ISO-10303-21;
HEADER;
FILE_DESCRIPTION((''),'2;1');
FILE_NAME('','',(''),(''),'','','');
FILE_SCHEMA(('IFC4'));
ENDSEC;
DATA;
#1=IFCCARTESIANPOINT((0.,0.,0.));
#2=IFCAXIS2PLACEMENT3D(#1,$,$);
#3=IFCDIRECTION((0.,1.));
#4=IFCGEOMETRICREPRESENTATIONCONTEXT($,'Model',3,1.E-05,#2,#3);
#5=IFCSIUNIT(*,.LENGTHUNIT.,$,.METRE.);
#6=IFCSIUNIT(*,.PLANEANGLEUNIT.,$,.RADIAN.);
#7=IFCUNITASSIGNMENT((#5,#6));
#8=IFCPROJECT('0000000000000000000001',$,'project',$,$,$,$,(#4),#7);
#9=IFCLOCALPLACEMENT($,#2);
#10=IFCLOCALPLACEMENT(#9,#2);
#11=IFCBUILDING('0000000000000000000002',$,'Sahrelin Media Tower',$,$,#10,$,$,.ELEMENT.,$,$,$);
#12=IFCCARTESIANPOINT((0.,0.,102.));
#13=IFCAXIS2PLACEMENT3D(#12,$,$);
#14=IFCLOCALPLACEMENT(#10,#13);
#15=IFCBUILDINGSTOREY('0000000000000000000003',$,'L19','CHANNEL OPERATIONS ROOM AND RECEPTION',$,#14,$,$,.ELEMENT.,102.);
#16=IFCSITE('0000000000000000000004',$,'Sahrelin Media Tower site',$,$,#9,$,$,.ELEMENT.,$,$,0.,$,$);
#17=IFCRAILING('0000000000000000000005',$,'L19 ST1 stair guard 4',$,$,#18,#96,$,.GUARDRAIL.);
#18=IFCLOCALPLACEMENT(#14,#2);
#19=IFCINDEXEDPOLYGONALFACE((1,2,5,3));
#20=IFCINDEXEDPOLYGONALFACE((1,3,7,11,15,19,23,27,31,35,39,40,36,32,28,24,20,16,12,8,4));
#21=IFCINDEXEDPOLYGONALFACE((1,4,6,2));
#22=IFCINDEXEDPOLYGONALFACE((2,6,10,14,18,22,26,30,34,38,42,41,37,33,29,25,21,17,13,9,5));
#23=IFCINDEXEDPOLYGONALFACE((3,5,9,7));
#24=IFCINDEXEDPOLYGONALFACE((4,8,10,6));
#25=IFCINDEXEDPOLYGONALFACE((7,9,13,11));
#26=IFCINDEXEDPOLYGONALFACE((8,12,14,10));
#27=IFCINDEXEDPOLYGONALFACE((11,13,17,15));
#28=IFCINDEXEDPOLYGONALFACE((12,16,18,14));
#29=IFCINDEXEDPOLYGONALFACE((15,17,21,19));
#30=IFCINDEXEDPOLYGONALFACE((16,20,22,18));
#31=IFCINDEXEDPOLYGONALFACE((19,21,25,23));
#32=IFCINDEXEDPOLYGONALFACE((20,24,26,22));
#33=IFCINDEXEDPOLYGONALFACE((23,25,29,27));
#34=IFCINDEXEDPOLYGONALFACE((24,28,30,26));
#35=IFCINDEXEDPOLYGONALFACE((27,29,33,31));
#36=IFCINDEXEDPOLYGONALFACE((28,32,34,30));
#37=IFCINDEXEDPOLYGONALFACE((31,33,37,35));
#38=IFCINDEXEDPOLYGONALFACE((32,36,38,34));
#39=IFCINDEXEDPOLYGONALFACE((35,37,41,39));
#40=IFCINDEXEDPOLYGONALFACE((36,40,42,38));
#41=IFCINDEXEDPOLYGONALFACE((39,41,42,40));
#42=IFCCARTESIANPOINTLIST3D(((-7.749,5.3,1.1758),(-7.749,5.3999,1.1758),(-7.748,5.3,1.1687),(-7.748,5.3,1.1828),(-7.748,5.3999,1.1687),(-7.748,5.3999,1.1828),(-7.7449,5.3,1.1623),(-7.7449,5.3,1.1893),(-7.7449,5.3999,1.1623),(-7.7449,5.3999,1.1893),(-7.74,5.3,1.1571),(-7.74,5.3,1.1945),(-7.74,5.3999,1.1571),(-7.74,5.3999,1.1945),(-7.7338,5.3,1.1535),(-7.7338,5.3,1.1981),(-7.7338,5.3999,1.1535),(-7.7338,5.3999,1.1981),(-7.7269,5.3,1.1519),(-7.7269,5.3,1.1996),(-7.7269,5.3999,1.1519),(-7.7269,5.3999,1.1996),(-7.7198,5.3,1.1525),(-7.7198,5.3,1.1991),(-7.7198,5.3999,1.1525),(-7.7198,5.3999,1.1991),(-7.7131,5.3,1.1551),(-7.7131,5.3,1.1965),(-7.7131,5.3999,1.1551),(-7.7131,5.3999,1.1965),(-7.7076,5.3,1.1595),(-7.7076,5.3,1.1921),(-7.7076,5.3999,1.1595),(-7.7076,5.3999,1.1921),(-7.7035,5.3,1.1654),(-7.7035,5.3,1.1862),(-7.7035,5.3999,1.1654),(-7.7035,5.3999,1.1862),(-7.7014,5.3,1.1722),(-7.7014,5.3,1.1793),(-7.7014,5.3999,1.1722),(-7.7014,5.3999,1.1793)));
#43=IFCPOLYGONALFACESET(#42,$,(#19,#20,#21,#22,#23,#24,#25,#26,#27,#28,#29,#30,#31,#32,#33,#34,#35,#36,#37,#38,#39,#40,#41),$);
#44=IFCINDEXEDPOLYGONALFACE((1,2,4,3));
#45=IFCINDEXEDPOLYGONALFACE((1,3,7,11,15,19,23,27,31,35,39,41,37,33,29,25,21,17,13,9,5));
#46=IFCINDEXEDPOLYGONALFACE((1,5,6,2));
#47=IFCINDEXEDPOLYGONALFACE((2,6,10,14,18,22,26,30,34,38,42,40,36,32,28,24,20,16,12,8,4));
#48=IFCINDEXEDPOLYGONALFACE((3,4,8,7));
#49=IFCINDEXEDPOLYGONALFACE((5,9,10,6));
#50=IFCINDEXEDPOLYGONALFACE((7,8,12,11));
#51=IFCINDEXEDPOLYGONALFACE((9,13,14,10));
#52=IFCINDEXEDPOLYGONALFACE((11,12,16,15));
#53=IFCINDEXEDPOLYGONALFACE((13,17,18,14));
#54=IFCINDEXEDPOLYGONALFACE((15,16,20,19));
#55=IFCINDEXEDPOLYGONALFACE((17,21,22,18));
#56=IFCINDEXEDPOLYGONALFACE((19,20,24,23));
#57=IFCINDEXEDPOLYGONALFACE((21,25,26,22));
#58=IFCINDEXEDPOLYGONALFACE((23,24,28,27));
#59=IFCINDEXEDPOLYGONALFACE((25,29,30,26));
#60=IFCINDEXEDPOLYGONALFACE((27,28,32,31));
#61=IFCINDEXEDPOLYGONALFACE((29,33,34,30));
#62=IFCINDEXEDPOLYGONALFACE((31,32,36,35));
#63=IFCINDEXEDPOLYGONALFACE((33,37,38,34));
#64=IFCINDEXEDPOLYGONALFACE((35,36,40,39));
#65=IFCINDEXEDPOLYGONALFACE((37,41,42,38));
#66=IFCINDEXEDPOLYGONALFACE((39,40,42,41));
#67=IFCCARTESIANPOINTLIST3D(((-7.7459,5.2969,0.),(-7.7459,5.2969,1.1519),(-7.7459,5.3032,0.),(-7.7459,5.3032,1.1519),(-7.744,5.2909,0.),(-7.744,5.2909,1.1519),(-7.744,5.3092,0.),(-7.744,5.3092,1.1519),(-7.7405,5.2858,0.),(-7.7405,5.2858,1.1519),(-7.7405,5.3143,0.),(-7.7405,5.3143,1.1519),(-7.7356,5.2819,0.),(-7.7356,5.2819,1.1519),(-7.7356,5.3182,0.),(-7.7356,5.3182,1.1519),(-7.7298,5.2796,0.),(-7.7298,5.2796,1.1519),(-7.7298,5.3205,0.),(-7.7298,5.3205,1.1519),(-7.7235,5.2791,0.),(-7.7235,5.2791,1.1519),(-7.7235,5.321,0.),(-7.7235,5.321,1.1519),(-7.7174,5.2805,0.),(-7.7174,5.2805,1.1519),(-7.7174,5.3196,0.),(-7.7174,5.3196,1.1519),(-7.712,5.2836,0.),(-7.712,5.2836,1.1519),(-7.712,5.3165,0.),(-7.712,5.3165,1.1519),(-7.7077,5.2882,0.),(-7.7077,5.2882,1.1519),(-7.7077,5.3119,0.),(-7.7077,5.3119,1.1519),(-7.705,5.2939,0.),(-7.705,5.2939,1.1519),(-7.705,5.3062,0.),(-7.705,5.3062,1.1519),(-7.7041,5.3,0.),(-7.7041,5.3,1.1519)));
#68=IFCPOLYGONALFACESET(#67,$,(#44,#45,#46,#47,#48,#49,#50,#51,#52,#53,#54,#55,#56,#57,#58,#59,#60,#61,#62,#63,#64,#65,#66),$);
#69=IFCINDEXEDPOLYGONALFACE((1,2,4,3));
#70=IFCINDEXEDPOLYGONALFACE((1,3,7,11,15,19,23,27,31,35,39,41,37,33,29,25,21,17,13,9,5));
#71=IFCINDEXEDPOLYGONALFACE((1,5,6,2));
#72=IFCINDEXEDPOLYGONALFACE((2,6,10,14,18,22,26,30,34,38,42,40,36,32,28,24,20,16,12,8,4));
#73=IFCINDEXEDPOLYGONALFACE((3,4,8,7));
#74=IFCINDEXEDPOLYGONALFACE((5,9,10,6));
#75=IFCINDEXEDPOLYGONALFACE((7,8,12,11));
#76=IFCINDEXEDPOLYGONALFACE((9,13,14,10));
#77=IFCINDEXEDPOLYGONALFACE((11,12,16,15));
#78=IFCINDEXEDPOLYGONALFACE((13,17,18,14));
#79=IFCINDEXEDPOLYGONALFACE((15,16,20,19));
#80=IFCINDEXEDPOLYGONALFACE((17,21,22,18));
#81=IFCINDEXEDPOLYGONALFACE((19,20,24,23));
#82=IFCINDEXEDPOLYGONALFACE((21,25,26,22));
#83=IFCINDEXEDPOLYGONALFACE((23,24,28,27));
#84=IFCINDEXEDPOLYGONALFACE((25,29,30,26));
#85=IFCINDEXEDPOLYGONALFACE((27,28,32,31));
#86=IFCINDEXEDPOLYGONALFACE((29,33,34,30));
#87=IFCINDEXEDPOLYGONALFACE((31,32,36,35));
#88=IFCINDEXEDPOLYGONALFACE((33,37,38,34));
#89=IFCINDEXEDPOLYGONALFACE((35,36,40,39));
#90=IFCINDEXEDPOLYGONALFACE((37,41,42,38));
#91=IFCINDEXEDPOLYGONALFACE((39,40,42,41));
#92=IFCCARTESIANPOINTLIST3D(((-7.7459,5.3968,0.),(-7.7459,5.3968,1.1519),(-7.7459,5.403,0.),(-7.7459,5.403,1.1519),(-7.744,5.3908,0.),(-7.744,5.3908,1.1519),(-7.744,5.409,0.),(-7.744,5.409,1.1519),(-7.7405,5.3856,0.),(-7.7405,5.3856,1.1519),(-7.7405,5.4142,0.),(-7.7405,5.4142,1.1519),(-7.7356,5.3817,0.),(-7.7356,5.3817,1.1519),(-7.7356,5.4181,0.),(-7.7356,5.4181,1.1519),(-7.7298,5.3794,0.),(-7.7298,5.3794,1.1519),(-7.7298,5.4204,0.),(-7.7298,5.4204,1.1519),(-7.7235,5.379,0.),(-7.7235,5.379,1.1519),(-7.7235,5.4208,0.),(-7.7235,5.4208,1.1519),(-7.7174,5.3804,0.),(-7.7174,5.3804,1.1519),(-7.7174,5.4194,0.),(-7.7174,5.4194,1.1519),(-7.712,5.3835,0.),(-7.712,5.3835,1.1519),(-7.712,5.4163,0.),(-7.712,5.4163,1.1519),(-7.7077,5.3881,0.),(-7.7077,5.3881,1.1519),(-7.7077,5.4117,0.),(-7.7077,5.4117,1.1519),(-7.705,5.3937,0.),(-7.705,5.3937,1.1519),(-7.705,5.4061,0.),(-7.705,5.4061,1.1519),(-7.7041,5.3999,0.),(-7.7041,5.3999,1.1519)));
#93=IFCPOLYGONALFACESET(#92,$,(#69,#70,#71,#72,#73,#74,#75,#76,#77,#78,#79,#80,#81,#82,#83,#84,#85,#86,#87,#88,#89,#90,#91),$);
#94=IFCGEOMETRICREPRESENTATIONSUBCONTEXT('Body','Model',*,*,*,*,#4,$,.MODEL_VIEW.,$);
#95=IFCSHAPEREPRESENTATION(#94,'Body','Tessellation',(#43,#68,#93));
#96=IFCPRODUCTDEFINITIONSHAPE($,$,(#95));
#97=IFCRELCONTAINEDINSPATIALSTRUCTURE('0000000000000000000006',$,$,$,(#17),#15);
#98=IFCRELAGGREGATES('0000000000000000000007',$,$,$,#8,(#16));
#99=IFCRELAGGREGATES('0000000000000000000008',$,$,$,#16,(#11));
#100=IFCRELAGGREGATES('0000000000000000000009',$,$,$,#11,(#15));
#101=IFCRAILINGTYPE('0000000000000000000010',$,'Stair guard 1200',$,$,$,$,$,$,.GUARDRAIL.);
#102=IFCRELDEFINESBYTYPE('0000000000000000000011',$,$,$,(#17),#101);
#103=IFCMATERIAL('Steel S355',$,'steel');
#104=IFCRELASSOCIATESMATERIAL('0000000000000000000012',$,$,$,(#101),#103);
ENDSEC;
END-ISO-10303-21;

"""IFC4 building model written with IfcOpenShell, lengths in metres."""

from ifc_helpers import new_model, si_unit, direction, frame, origin, origin_2d, place, context, subcontext, project, spatial, circle, extrude, material, type_object, element, save


model = new_model("IFC4")

# Units and contexts
model_context = context("Model", 3, precision=1e-05, world=origin(), true_north=direction((0.0, 1.0)))
body_context = subcontext(model_context, "Body", "Model", "MODEL_VIEW")
ifc_project = project(units=[si_unit("LENGTHUNIT", "METRE"), si_unit("PLANEANGLEUNIT", "RADIAN")], contexts=[model_context])

# Site, building, storey
site_placement = place(None, origin())
site = spatial("IfcSite", under=ifc_project, at=site_placement, Name="Sahrelin Media Tower site", CompositionType="ELEMENT", RefElevation=0.0)
building_placement = place(site_placement, origin())
building = spatial("IfcBuilding", under=site, at=building_placement, Name="Sahrelin Media Tower", CompositionType="ELEMENT")
storey_placement = place(building_placement, frame((0.0, 0.0, 102.0)))
storey = spatial("IfcBuildingStorey", under=building, at=storey_placement, Name="L19", Description="CHANNEL OPERATIONS ROOM AND RECEPTION", CompositionType="ELEMENT", Elevation=102.0)

# Shared definitions
ifc_material_1 = material(Name="Steel S355", Category="steel")

# Railing
railing_type_1 = type_object("IfcRailingType", Name="Stair guard 1200", PredefinedType="GUARDRAIL", material=ifc_material_1)
railing_1_placement = place(storey_placement, frame((-7.7251, 5.3, 0.0)))
element("IfcRailing", 1, at=railing_1_placement, inside=storey, type_object=railing_type_1, Name="L19 ST1 stair guard 4", PredefinedType="GUARDRAIL", context=body_context, shape_type="SweptSolid", body=[
    extrude(circle(Radius=0.0239, at=origin_2d()), frame((0.0, 0.0, 1.1758), z_axis=(0.0, 1.0, 0.0), x_axis=(-1.0, 0.0, 0.0)), (0.0, 0.0, 1.0), 0.0999),
    extrude(circle(Radius=0.021, at=origin_2d()), origin(), (0.0, 0.0, 1.0), 1.1519),
    extrude(circle(Radius=0.021, at=origin_2d()), frame((0.0, 0.0999, 0.0)), (0.0, 0.0, 1.0), 1.1519),
])

save(model, "model.ifc")
